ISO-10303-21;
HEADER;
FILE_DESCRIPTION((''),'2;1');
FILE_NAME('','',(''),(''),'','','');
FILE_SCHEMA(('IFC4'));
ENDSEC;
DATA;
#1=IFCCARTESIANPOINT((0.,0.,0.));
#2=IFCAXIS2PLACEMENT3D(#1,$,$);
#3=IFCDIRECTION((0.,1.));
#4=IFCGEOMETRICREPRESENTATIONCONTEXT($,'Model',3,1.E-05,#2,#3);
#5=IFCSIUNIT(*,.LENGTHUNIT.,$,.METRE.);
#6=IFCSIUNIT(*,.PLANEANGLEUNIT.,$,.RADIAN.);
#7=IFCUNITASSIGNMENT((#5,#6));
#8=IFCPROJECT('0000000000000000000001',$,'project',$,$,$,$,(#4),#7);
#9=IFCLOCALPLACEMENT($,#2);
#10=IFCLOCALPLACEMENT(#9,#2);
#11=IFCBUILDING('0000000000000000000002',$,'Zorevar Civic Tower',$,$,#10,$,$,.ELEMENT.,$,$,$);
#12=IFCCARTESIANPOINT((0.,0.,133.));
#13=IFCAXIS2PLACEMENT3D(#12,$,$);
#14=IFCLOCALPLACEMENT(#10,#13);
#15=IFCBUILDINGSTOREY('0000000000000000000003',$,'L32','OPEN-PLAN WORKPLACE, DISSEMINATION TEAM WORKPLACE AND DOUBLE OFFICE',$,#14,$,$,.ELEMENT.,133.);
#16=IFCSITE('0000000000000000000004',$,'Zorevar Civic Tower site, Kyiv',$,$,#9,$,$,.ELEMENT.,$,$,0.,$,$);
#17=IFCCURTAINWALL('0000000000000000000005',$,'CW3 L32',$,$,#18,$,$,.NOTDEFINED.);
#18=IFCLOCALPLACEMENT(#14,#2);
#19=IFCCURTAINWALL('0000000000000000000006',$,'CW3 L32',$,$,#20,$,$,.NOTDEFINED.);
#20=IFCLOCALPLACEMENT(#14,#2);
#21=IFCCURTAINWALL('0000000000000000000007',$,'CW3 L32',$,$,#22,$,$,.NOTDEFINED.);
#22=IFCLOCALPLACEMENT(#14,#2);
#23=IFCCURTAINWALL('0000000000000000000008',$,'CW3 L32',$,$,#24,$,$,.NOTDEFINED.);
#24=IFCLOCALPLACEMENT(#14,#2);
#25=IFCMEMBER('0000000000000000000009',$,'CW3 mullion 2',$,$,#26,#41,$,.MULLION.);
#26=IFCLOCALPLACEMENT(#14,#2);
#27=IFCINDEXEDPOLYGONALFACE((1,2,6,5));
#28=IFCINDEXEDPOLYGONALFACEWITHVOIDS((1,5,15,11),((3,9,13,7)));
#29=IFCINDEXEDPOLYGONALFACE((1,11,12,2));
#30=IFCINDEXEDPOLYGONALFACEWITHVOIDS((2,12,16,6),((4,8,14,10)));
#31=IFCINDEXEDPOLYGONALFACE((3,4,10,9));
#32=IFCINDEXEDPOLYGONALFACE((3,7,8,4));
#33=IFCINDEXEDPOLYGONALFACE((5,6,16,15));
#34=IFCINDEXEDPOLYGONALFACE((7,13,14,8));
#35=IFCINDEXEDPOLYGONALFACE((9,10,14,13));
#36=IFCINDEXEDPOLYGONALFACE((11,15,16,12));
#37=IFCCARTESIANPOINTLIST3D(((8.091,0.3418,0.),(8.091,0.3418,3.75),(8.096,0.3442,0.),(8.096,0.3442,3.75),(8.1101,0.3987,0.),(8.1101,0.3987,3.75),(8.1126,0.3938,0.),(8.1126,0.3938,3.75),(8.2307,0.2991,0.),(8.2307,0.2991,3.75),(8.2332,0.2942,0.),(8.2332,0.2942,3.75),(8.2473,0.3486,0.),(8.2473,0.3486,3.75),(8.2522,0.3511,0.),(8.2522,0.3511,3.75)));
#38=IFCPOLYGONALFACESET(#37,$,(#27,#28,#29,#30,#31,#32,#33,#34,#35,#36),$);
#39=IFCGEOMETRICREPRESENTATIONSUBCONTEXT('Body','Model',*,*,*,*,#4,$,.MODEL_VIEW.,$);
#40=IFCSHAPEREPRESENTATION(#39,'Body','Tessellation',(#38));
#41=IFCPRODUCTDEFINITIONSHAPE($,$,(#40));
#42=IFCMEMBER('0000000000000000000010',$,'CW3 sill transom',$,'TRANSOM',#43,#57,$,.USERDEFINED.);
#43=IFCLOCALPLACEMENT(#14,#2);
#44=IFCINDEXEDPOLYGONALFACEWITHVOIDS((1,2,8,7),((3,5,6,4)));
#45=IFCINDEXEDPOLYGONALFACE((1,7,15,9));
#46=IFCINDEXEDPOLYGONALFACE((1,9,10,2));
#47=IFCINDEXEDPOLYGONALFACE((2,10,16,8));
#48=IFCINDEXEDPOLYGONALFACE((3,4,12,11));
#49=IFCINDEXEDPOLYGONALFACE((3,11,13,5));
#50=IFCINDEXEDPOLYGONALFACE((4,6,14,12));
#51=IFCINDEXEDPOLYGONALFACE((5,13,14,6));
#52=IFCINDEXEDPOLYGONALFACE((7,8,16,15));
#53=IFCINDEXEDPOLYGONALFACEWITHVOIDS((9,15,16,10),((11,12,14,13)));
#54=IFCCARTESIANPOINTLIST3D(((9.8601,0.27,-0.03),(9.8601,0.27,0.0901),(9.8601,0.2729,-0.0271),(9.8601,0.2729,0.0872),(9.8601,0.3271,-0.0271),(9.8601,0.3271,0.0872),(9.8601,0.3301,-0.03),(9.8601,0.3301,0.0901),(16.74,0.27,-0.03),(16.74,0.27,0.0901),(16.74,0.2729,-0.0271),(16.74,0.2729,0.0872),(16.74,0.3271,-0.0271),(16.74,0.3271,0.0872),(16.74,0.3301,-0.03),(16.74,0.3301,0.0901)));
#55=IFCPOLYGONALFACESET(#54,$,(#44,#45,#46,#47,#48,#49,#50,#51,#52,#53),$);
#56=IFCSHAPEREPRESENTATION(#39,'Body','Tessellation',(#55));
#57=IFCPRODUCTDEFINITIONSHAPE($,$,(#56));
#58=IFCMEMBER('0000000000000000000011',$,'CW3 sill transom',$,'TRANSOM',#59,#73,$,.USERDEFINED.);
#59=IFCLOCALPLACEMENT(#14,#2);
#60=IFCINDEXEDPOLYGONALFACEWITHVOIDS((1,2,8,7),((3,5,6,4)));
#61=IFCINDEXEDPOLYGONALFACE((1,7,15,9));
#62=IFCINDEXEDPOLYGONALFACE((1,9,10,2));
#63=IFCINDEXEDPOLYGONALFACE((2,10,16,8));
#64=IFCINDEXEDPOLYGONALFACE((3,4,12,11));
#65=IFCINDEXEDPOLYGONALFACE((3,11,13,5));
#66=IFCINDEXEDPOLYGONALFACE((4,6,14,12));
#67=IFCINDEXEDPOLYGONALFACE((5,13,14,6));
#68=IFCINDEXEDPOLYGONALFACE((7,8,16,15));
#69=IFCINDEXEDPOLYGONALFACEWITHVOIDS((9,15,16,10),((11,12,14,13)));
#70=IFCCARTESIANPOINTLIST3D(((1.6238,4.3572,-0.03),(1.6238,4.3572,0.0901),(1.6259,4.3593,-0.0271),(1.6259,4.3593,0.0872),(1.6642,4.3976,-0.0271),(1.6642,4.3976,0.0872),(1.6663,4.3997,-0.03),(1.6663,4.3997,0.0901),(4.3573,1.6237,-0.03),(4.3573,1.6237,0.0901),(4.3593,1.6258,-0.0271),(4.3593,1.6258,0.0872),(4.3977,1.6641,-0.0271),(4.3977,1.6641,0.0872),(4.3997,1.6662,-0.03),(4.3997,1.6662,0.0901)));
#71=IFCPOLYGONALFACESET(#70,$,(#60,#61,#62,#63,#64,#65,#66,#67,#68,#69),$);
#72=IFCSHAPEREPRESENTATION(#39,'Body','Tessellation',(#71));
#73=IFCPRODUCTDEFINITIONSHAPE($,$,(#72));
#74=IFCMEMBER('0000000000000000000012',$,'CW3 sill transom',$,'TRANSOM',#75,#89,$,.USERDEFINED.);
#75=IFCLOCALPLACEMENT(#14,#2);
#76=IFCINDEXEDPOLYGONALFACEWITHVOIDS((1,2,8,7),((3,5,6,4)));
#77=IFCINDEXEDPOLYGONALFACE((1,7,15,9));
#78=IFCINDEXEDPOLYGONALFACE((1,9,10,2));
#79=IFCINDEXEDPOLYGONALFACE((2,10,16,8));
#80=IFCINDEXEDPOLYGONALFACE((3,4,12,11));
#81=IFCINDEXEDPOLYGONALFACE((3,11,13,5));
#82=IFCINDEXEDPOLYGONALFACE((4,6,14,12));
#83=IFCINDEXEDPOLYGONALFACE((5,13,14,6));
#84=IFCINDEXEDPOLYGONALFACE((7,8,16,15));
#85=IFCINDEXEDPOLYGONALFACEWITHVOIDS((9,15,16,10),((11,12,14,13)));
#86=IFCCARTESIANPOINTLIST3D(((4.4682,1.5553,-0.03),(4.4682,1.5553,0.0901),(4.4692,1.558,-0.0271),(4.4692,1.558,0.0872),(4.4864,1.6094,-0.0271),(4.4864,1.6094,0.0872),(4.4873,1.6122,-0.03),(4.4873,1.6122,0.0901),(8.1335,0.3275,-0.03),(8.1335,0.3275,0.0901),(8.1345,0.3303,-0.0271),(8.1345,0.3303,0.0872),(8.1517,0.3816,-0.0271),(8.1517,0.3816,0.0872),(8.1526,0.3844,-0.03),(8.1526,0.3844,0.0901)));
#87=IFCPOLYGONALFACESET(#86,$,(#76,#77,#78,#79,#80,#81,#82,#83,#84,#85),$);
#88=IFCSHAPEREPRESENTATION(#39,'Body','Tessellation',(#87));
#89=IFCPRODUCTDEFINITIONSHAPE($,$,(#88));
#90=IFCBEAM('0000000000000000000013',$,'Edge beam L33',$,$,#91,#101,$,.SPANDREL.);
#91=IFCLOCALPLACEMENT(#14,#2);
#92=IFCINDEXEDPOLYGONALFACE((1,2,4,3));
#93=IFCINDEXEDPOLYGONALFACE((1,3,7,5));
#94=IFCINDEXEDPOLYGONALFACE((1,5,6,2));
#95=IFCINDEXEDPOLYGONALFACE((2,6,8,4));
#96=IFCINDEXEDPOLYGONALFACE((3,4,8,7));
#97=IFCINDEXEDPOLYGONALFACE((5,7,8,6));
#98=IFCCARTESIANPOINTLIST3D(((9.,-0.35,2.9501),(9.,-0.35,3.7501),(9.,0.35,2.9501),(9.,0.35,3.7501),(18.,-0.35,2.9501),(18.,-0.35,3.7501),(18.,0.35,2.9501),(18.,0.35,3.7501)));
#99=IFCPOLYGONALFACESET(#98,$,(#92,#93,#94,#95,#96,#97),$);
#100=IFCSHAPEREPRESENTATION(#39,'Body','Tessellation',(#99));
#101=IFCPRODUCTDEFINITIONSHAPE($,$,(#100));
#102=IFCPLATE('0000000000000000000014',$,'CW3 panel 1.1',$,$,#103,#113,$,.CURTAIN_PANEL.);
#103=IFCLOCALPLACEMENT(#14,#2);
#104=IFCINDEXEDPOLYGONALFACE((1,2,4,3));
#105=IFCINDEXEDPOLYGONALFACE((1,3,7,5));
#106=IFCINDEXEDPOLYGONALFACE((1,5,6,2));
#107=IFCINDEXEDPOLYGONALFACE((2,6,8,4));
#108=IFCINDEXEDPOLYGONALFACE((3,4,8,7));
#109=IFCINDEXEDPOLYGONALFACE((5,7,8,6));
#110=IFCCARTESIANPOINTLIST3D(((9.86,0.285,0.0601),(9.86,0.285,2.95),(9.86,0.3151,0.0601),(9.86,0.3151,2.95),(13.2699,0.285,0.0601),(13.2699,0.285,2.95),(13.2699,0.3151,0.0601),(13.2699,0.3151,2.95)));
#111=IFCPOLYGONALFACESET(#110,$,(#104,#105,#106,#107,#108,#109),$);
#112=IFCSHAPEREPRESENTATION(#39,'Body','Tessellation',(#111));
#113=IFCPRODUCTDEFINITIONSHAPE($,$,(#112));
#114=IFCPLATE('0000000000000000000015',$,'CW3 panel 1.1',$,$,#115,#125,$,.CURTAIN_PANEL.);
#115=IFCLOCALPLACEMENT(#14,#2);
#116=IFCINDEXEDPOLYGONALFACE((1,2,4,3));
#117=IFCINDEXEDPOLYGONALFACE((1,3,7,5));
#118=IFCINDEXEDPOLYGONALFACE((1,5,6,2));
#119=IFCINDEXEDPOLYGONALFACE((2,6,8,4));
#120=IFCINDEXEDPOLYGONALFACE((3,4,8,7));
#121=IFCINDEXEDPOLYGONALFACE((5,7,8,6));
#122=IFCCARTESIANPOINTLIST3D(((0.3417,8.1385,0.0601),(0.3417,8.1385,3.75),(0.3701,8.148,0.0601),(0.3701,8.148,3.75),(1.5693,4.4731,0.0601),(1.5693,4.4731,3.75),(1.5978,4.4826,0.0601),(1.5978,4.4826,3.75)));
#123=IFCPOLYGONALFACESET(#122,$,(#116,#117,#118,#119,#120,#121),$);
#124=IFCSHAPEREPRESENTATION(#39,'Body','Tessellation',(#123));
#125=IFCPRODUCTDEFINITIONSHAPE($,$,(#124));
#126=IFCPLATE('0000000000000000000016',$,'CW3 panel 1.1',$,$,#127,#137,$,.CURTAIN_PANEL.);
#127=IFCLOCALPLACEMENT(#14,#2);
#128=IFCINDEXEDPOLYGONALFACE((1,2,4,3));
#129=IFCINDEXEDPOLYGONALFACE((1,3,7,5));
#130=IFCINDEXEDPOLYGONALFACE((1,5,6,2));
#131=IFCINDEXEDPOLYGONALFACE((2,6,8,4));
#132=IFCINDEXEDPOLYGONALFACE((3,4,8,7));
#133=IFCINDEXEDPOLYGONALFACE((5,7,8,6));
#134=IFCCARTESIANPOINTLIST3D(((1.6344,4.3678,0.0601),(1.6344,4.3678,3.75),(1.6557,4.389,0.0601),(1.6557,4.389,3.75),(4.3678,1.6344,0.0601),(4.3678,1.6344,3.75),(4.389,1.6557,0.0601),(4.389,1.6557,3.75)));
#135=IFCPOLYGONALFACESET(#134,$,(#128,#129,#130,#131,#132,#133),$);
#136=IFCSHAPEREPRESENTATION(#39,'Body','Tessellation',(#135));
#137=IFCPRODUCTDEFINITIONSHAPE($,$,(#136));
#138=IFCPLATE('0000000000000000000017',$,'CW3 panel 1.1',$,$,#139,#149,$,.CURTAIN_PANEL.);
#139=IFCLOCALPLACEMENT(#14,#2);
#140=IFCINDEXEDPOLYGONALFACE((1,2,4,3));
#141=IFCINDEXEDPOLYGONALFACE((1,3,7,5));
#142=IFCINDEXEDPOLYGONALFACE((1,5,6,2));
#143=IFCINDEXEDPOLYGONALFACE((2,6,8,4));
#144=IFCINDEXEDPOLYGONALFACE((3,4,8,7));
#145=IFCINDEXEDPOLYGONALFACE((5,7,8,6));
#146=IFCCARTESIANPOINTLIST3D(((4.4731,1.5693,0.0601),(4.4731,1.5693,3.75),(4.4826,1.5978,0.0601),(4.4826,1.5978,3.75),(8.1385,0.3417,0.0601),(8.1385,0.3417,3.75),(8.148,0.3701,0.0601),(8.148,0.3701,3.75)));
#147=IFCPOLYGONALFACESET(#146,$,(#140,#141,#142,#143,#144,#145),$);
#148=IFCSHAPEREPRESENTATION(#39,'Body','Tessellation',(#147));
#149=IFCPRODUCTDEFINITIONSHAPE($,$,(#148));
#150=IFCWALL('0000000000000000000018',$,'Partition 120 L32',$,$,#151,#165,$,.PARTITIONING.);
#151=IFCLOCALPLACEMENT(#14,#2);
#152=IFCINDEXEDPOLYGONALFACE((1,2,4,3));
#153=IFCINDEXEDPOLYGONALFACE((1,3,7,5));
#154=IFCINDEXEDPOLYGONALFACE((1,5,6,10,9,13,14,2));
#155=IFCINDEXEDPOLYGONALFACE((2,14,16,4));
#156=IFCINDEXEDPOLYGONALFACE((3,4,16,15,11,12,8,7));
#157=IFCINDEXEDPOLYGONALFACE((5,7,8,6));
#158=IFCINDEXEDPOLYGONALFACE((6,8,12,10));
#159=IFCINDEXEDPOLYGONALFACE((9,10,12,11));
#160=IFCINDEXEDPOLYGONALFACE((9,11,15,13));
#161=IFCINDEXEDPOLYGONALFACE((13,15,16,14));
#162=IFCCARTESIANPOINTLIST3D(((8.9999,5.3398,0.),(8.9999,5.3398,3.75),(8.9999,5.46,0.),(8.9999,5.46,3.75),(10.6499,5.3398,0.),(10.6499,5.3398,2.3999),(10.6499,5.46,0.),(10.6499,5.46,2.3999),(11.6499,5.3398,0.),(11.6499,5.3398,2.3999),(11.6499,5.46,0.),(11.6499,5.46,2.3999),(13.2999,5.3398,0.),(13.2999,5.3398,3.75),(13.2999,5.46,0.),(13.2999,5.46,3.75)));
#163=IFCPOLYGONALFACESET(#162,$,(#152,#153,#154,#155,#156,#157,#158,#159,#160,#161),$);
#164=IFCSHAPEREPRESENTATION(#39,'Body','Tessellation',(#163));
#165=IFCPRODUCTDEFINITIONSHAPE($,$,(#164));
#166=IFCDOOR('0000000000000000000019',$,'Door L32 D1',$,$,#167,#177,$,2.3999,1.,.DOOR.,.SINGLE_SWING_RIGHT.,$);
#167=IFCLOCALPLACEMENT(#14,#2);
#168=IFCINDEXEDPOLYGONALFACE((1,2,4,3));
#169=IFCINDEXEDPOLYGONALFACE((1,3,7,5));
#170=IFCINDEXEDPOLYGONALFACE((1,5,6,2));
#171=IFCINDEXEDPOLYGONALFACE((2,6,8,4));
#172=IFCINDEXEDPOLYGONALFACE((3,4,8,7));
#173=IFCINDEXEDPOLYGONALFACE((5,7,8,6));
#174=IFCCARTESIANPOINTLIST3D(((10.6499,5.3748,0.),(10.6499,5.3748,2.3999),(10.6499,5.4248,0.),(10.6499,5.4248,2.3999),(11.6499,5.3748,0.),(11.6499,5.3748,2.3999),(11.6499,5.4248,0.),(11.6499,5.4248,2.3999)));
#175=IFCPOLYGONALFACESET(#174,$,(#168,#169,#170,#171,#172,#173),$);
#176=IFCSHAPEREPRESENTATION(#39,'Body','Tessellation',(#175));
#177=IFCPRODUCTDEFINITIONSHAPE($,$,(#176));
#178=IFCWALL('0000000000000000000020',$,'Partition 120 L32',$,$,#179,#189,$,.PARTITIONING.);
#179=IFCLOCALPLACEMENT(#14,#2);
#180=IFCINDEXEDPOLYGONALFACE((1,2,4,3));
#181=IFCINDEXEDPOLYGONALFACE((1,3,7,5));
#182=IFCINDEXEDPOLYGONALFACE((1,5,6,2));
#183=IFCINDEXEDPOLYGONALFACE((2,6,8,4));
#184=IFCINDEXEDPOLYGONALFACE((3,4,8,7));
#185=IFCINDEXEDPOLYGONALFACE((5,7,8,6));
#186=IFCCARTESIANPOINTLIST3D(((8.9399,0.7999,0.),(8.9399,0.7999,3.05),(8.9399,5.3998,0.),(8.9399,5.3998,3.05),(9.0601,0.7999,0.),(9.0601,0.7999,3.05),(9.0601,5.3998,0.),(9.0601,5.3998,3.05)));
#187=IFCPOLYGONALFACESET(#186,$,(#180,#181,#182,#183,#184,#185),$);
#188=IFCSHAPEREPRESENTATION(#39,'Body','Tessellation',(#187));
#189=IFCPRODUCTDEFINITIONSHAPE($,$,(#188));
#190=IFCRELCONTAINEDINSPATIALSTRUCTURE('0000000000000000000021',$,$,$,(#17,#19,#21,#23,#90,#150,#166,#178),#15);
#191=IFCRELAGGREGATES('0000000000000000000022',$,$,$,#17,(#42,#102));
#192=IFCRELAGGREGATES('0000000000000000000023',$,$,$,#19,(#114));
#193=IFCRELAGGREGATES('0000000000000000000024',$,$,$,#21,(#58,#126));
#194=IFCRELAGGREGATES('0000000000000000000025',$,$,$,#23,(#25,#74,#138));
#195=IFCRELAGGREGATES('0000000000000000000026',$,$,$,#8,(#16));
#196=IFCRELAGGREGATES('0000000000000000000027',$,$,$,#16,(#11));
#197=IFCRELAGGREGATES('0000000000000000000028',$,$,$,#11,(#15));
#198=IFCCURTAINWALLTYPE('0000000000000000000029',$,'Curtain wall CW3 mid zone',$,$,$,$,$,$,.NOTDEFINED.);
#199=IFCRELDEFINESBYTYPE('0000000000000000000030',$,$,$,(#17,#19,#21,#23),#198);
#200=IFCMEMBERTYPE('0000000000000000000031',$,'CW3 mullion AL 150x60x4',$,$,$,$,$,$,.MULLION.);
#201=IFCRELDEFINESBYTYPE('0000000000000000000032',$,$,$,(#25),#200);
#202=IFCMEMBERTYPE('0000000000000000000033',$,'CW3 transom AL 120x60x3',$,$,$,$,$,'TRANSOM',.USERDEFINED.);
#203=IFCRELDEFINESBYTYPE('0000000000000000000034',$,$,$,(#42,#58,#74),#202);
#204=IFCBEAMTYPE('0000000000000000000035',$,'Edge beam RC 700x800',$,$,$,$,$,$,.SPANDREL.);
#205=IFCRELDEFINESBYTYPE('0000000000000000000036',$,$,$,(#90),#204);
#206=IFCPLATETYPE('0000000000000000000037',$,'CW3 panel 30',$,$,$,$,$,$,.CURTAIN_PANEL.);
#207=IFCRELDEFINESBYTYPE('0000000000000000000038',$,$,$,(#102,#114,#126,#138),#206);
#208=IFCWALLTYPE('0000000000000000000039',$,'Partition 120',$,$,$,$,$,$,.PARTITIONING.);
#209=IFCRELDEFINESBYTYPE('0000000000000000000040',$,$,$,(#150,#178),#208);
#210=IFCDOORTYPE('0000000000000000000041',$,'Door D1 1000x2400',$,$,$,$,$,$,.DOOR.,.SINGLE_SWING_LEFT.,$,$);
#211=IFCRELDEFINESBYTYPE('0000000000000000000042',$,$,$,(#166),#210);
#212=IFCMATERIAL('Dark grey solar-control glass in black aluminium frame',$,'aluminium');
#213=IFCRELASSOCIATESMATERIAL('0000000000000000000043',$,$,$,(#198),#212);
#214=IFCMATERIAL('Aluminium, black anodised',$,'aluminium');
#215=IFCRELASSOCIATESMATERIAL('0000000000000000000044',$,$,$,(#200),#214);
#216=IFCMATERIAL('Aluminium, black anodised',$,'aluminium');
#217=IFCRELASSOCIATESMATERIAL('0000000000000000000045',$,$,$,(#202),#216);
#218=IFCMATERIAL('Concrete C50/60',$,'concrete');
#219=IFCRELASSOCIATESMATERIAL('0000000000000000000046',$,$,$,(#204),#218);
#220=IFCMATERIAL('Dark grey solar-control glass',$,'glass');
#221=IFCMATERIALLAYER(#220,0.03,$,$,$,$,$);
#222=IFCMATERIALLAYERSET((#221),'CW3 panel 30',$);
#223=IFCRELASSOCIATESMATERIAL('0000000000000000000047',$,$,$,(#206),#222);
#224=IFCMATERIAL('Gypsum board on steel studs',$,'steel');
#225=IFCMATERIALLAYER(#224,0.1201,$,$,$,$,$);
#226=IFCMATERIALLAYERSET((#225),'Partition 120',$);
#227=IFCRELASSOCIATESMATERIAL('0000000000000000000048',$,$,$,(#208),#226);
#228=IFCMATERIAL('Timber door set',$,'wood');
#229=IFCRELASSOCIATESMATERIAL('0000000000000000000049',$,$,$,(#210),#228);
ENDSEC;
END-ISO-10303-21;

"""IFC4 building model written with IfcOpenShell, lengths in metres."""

from ifc_helpers import new_model, si_unit, direction, frame, frame_2d, origin, origin_2d, place, context, subcontext, project, spatial, rectangle, hollow_rectangle, extrude, material, layer, layer_set, material_profile, profile_set, type_object, element, fill, aggregate, save


model = new_model("IFC4")

# Units and contexts
model_context = context("Model", 3, precision=1e-05, world=origin(), true_north=direction((0.0, 1.0)))
body_context = subcontext(model_context, "Body", "Model", "MODEL_VIEW")
ifc_project = project(units=[si_unit("LENGTHUNIT", "METRE"), si_unit("PLANEANGLEUNIT", "RADIAN")], contexts=[model_context])

# Site, building, storey
site_placement = place(None, origin())
site = spatial("IfcSite", under=ifc_project, at=site_placement, Name="Zorevar Civic Tower site, Kyiv", CompositionType="ELEMENT", RefElevation=0.0)
building_placement = place(site_placement, origin())
building = spatial("IfcBuilding", under=site, at=building_placement, Name="Zorevar Civic Tower", CompositionType="ELEMENT")
storey_placement = place(building_placement, frame((0.0, 0.0, 133.0)))
storey = spatial("IfcBuildingStorey", under=building, at=storey_placement, Name="L32", Description="OPEN-PLAN WORKPLACE, DISSEMINATION TEAM WORKPLACE AND DOUBLE OFFICE", CompositionType="ELEMENT", Elevation=133.0)

# Curtain wall
ifc_material_1 = material(Name="Dark grey solar-control glass in black aluminium frame", Category="aluminium")
curtain_wall_type = type_object("IfcCurtainWallType", Name="Curtain wall CW3 mid zone", PredefinedType="NOTDEFINED", material=ifc_material_1)
curtain_wall_1_placement = place(storey_placement, origin())
curtain_wall_1 = element("IfcCurtainWall", 1, at=curtain_wall_1_placement, inside=storey, type_object=curtain_wall_type, Name="CW3 L32", PredefinedType="NOTDEFINED")
ifc_material_2 = material(Name="Aluminium, black anodised", Category="aluminium")
ifc_material_profile_1 = material_profile(ifc_material_2, hollow_rectangle(XDim=0.0601, YDim=0.1499, WallThickness=0.0039, at=origin_2d()), Name="AL 150x60x4")
ifc_profile_set_1 = profile_set([ifc_material_profile_1], Name="Aluminium, black anodised")
member_type_1 = type_object("IfcMemberType", Name="CW3 mullion AL 150x60x4", PredefinedType="MULLION", material=ifc_profile_set_1)

# Curtain wall
curtain_wall_2_placement = place(storey_placement, origin())
curtain_wall_2 = element("IfcCurtainWall", 2, at=curtain_wall_2_placement, inside=storey, type_object=curtain_wall_type, Name="CW3 L32", PredefinedType="NOTDEFINED")

# Curtain walls, member
curtain_wall_3_placement = place(storey_placement, origin())
curtain_wall_3 = element("IfcCurtainWall", 3, at=curtain_wall_3_placement, inside=storey, type_object=curtain_wall_type, Name="CW3 L32", PredefinedType="NOTDEFINED")
curtain_wall_4_placement = place(storey_placement, origin())
curtain_wall_4 = element("IfcCurtainWall", 4, at=curtain_wall_4_placement, inside=storey, type_object=curtain_wall_type, Name="CW3 L32", PredefinedType="NOTDEFINED")
member_1_placement = place(storey_placement, frame((8.1716, 0.3464, 0.0), z_axis=(0.0, 0.0, 1.0), x_axis=(0.317593, 0.948227, 0.0)))
member_1 = element("IfcMember", 5, at=member_1_placement, type_object=member_type_1, Name="CW3 mullion 2", PredefinedType="MULLION", context=body_context, shape_type="SweptSolid", body=[
    extrude(hollow_rectangle(XDim=0.0601, YDim=0.1499, WallThickness=0.0039, at=origin_2d()), origin(), (0.0, 0.0, 1.0), 3.75),
])

# Members
ifc_material_3 = material(Name="Aluminium, black anodised", Category="aluminium")
ifc_material_profile_2 = material_profile(ifc_material_3, hollow_rectangle(XDim=0.0601, YDim=0.1201, WallThickness=0.0029, at=origin_2d()), Name="AL 120x60x3")
ifc_profile_set_2 = profile_set([ifc_material_profile_2], Name="Aluminium, black anodised")
member_type_2 = type_object("IfcMemberType", Name="CW3 transom AL 120x60x3", ElementType="TRANSOM", PredefinedType="USERDEFINED", material=ifc_profile_set_2)
member_2_placement = place(storey_placement, frame((9.8601, 0.3, 0.03), z_axis=(1.0, 0.0, 0.0), x_axis=(0.0, 1.0, 0.0)))
member_2 = element("IfcMember", 6, at=member_2_placement, type_object=member_type_2, Name="CW3 sill transom", ObjectType="TRANSOM", PredefinedType="USERDEFINED", context=body_context, shape_type="SweptSolid", body=[
    extrude(hollow_rectangle(XDim=0.0601, YDim=0.1201, WallThickness=0.0029, at=origin_2d()), origin(), (0.0, 0.0, 1.0), 6.8799),
])
member_3_placement = place(storey_placement, frame((1.645, 4.3784, 0.03), z_axis=(0.707107, -0.707107, 0.0), x_axis=(0.707107, 0.707107, 0.0)))
member_3 = element("IfcMember", 7, at=member_3_placement, type_object=member_type_2, Name="CW3 sill transom", ObjectType="TRANSOM", PredefinedType="USERDEFINED", context=body_context, shape_type="SweptSolid", body=[
    extrude(hollow_rectangle(XDim=0.0601, YDim=0.1201, WallThickness=0.0029, at=origin_2d()), origin(), (0.0, 0.0, 1.0), 3.8657),
])
member_4_placement = place(storey_placement, frame((4.4778, 1.5837, 0.03), z_axis=(0.948215, -0.31763, 0.0), x_axis=(0.31763, 0.948215, 0.0)))
member_4 = element("IfcMember", 8, at=member_4_placement, type_object=member_type_2, Name="CW3 sill transom", ObjectType="TRANSOM", PredefinedType="USERDEFINED", context=body_context, shape_type="SweptSolid", body=[
    extrude(hollow_rectangle(XDim=0.0601, YDim=0.1201, WallThickness=0.0029, at=origin_2d()), origin(), (0.0, 0.0, 1.0), 3.8655),
])

# Beam
ifc_material_4 = material(Name="Concrete C50/60", Category="concrete")
ifc_material_profile_3 = material_profile(ifc_material_4, rectangle(XDim=0.7, YDim=0.8, at=origin_2d()), Name="RC 700x800")
ifc_profile_set_3 = profile_set([ifc_material_profile_3], Name="Concrete C50/60")
beam_type_1 = type_object("IfcBeamType", Name="Edge beam RC 700x800", PredefinedType="SPANDREL", material=ifc_profile_set_3)
beam_1_placement = place(storey_placement, frame((9.0, 0.0, 3.3501), z_axis=(1.0, 0.0, 0.0), x_axis=(0.0, 1.0, 0.0)))
element("IfcBeam", 9, at=beam_1_placement, inside=storey, type_object=beam_type_1, Name="Edge beam L33", PredefinedType="SPANDREL", context=body_context, shape_type="SweptSolid", body=[
    extrude(rectangle(XDim=0.7, YDim=0.8, at=origin_2d()), origin(), (0.0, 0.0, 1.0), 9.0),
])

# Plates
ifc_material_5 = material(Name="Dark grey solar-control glass", Category="glass")
ifc_layer_1 = layer(ifc_material_5, 0.03)
ifc_layer_set_1 = layer_set([ifc_layer_1], Name="CW3 panel 30")
plate_type = type_object("IfcPlateType", Name="CW3 panel 30", PredefinedType="CURTAIN_PANEL", material=ifc_layer_set_1)
plate_1_placement = place(storey_placement, frame((11.5649, 0.3, 0.0601), z_axis=(0.0, 0.0, 1.0), x_axis=(1.0, 0.0, 0.0)))
plate_1 = element("IfcPlate", 10, at=plate_1_placement, type_object=plate_type, Name="CW3 panel 1.1", PredefinedType="CURTAIN_PANEL", context=body_context, shape_type="SweptSolid", body=[
    extrude(rectangle(XDim=3.4099, YDim=0.03, at=origin_2d()), origin(), (0.0, 0.0, 1.0), 2.8899),
])
aggregate(curtain_wall_1, [member_2, plate_1])
plate_2_placement = place(storey_placement, frame((0.9697, 6.3105, 0.0601), z_axis=(0.0, 0.0, 1.0), x_axis=(0.317593, -0.948227, 0.0)))
plate_2 = element("IfcPlate", 11, at=plate_2_placement, type_object=plate_type, Name="CW3 panel 1.1", PredefinedType="CURTAIN_PANEL", context=body_context, shape_type="SweptSolid", body=[
    extrude(rectangle(XDim=3.8655, YDim=0.03, at=origin_2d()), origin(), (0.0, 0.0, 1.0), 3.6899),
])
aggregate(curtain_wall_2, [plate_2])
plate_3_placement = place(storey_placement, frame((3.0117, 3.0117, 0.0601), z_axis=(0.0, 0.0, 1.0), x_axis=(0.707107, -0.707107, 0.0)))
plate_3 = element("IfcPlate", 12, at=plate_3_placement, type_object=plate_type, Name="CW3 panel 1.1", PredefinedType="CURTAIN_PANEL", context=body_context, shape_type="SweptSolid", body=[
    extrude(rectangle(XDim=3.8655, YDim=0.03, at=origin_2d()), origin(), (0.0, 0.0, 1.0), 3.6899),
])
aggregate(curtain_wall_3, [member_3, plate_3])
plate_4_placement = place(storey_placement, frame((6.3105, 0.9697, 0.0601), z_axis=(0.0, 0.0, 1.0), x_axis=(0.948227, -0.317593, 0.0)))
plate_4 = element("IfcPlate", 13, at=plate_4_placement, type_object=plate_type, Name="CW3 panel 1.1", PredefinedType="CURTAIN_PANEL", context=body_context, shape_type="SweptSolid", body=[
    extrude(rectangle(XDim=3.8655, YDim=0.03, at=origin_2d()), origin(), (0.0, 0.0, 1.0), 3.6899),
])
aggregate(curtain_wall_4, [member_1, member_4, plate_4])

# Wall, opening, door
ifc_material_6 = material(Name="Gypsum board on steel studs", Category="steel")
ifc_layer_2 = layer(ifc_material_6, 0.1201)
ifc_layer_set_2 = layer_set([ifc_layer_2], Name="Partition 120")
wall_type = type_object("IfcWallType", Name="Partition 120", PredefinedType="PARTITIONING", material=ifc_layer_set_2)
wall_1_placement = place(storey_placement, frame((9.0, 5.3999, 0.0), z_axis=(0.0, 0.0, 1.0), x_axis=(1.0, 0.0, 0.0)))
wall_1 = element("IfcWall", 14, at=wall_1_placement, inside=storey, type_object=wall_type, Name="Partition 120 L32", PredefinedType="PARTITIONING", context=body_context, shape_type="SweptSolid", body=[
    extrude(rectangle(XDim=4.3, YDim=0.1201, at=frame_2d((2.1499, 0.0))), origin(), (0.0, 0.0, 1.0), 3.75),
])
opening_1_placement = place(wall_1_placement, frame((1.6499, 0.0, 0.0)))
opening_1 = element("IfcOpeningElement", 15, at=opening_1_placement, cuts=wall_1, PredefinedType="OPENING", context=body_context, shape_type="SweptSolid", body=[
    extrude(rectangle(XDim=1.0, YDim=2.3999, at=frame_2d((0.5, 1.2))), frame((0.0, 0.0701, 0.0), z_axis=(0.0, -1.0, 0.0), x_axis=(1.0, 0.0, 0.0)), (0.0, 0.0, 1.0), 0.1401),
])
ifc_material_7 = material(Name="Timber door set", Category="wood")
door_type = type_object("IfcDoorType", Name="Door D1 1000x2400", OperationType="SINGLE_SWING_LEFT", PredefinedType="DOOR", material=ifc_material_7)
door_1_placement = place(opening_1_placement, origin())
door_1 = element("IfcDoor", 16, at=door_1_placement, inside=storey, type_object=door_type, Name="Door L32 D1", OperationType="SINGLE_SWING_RIGHT", OverallHeight=2.3999, OverallWidth=1.0, PredefinedType="DOOR", context=body_context, shape_type="SweptSolid", body=[
    extrude(rectangle(XDim=1.0, YDim=2.3999, at=frame_2d((0.5, 1.2))), frame((0.0, 0.0249, 0.0), z_axis=(0.0, -1.0, 0.0), x_axis=(1.0, 0.0, 0.0)), (0.0, 0.0, 1.0), 0.05),
])
fill(opening_1, door_1)

# Wall
wall_2_placement = place(storey_placement, frame((9.0, 0.8, 0.0), z_axis=(0.0, 0.0, 1.0), x_axis=(0.0, 1.0, 0.0)))
element("IfcWall", 17, at=wall_2_placement, inside=storey, type_object=wall_type, Name="Partition 120 L32", PredefinedType="PARTITIONING", context=body_context, shape_type="SweptSolid", body=[
    extrude(rectangle(XDim=4.5999, YDim=0.1201, at=frame_2d((2.2998, 0.0))), origin(), (0.0, 0.0, 1.0), 3.05),
])

save(model, "model.ifc")
